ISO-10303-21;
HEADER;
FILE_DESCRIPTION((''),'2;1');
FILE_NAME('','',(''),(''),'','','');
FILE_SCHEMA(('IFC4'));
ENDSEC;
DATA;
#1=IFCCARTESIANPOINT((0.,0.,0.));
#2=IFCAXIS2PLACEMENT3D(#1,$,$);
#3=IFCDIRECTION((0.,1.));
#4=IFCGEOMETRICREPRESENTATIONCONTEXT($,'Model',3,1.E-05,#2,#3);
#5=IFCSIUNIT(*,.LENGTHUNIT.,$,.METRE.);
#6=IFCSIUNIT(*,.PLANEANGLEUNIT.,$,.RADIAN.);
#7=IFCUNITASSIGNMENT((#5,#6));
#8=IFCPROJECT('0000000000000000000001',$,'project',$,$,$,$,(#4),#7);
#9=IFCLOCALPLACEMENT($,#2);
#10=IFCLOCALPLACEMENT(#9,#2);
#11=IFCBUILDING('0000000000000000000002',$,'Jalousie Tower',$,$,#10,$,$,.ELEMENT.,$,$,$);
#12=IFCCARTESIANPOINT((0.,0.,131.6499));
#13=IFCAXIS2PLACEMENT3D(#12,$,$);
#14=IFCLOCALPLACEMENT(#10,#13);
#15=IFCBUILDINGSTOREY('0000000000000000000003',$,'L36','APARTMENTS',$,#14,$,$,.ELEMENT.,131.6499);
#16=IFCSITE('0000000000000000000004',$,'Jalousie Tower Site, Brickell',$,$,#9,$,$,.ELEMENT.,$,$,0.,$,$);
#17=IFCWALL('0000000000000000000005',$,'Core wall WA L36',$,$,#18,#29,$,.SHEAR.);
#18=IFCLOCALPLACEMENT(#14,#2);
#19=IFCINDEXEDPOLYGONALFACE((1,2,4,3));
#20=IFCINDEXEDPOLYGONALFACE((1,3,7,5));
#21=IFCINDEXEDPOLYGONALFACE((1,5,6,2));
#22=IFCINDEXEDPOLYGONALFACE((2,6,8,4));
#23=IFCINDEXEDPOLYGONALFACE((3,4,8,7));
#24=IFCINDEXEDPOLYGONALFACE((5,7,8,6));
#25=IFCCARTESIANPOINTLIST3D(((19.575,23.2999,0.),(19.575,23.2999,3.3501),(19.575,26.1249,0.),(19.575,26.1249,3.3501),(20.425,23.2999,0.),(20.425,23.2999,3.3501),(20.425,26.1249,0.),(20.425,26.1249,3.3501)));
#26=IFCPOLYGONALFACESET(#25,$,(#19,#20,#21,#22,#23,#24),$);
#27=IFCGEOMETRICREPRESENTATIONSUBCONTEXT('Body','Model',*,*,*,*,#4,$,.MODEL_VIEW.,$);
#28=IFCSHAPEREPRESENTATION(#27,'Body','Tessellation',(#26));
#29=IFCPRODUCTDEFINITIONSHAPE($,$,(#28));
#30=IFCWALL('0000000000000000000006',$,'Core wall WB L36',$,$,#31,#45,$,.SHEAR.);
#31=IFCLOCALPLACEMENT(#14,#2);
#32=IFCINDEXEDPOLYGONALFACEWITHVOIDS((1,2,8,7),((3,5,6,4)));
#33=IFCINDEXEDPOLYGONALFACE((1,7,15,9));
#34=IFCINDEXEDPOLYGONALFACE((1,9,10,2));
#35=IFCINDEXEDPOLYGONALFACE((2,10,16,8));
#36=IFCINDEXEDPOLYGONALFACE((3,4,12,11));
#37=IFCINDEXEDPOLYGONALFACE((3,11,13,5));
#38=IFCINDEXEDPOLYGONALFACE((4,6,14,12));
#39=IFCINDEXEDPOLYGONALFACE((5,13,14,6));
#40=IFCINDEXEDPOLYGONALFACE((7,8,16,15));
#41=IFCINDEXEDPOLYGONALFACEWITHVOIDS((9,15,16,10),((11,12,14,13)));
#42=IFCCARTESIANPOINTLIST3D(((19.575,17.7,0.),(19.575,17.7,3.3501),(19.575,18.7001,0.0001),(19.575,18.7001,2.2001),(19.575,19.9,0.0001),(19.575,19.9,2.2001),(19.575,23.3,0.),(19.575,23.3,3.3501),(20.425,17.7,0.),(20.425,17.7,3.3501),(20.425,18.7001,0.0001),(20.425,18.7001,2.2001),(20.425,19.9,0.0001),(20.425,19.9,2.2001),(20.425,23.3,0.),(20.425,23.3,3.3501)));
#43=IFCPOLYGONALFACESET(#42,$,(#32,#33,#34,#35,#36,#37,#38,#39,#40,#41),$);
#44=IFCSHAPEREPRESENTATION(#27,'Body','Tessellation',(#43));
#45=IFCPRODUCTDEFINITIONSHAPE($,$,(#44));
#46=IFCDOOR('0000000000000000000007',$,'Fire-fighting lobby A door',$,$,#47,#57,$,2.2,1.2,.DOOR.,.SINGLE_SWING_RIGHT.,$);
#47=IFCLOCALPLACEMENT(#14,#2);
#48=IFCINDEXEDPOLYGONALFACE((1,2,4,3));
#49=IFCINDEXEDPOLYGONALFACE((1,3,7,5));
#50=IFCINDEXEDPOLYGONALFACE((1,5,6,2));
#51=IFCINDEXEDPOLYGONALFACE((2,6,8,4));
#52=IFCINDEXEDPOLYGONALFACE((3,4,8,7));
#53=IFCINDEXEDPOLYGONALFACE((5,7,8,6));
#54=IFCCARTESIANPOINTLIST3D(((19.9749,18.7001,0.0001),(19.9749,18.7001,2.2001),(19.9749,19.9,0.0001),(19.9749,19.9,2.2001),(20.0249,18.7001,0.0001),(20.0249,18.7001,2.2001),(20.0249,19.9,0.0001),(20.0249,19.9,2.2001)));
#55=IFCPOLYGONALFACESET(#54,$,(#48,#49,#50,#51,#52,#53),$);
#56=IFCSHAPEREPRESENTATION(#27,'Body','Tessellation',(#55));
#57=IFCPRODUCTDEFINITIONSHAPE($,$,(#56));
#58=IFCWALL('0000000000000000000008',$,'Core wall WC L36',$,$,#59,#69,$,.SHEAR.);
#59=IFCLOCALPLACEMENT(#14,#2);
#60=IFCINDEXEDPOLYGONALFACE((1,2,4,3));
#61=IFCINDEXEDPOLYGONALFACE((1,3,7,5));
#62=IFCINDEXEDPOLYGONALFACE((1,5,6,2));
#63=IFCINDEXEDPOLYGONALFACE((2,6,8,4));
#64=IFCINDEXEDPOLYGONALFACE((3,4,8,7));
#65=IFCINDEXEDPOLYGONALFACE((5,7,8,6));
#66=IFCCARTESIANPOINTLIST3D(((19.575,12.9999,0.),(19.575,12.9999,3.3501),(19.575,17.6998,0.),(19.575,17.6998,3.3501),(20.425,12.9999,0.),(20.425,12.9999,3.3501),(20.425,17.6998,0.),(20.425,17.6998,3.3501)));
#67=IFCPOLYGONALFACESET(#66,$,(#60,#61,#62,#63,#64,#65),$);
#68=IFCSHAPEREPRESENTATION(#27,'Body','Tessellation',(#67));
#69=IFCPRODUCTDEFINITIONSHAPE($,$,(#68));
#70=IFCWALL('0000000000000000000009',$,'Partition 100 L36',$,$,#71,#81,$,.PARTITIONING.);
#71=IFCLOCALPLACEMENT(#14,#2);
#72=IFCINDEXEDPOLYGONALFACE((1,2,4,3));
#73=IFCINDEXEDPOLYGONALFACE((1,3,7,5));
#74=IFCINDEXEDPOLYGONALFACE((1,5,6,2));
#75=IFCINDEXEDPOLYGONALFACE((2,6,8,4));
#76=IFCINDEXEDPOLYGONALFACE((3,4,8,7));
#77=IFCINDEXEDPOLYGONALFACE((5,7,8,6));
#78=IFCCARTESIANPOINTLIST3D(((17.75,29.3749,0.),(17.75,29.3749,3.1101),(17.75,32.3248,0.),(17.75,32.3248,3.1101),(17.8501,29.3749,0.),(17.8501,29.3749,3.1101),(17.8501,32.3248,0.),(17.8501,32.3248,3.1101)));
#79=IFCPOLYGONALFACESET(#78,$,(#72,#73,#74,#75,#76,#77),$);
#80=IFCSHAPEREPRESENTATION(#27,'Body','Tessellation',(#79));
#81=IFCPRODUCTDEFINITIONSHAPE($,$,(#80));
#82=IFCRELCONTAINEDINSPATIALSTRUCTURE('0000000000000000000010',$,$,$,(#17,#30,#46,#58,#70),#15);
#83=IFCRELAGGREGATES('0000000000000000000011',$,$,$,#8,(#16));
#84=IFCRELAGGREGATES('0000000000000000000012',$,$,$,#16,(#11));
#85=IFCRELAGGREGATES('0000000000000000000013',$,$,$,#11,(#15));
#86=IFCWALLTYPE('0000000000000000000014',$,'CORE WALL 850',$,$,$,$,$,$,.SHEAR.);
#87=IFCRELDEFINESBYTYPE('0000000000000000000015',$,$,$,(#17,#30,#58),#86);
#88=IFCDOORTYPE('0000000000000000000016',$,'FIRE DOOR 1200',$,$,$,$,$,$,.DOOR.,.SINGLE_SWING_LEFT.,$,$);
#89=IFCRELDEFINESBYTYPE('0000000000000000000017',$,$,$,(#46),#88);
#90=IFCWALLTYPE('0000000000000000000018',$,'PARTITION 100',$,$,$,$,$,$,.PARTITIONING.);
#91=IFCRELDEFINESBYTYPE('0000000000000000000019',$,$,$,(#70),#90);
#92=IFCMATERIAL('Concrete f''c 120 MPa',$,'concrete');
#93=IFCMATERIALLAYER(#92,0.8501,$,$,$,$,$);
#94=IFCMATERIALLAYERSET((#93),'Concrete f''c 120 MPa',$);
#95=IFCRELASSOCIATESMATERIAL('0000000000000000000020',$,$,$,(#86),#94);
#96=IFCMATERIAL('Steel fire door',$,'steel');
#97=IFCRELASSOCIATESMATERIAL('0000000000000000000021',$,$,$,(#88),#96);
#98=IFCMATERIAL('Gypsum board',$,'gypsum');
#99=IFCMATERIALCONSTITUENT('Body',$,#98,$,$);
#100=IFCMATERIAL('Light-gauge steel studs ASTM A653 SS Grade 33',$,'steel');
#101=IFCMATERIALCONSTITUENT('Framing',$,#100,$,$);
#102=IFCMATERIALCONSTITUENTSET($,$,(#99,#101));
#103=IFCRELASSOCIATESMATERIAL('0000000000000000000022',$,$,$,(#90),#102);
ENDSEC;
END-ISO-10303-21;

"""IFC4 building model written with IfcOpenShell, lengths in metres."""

from ifc_helpers import new_model, si_unit, direction, frame, frame_2d, origin, place, context, subcontext, project, spatial, rectangle, extrude, material, layer, layer_set, constituent, constituent_set, type_object, element, fill, save


model = new_model("IFC4")

# Units and contexts
model_context = context("Model", 3, precision=1e-05, world=origin(), true_north=direction((0.0, 1.0)))
body_context = subcontext(model_context, "Body", "Model", "MODEL_VIEW")
ifc_project = project(units=[si_unit("LENGTHUNIT", "METRE"), si_unit("PLANEANGLEUNIT", "RADIAN")], contexts=[model_context])

# Site, building, storey
site_placement = place(None, origin())
site = spatial("IfcSite", under=ifc_project, at=site_placement, Name="Jalousie Tower Site, Brickell", CompositionType="ELEMENT", RefElevation=0.0)
building_placement = place(site_placement, origin())
building = spatial("IfcBuilding", under=site, at=building_placement, Name="Jalousie Tower", CompositionType="ELEMENT")
storey_placement = place(building_placement, frame((0.0, 0.0, 131.6499)))
storey = spatial("IfcBuildingStorey", under=building, at=storey_placement, Name="L36", Description="APARTMENTS", CompositionType="ELEMENT", Elevation=131.6499)

# Wall
ifc_material_1 = material(Name="Concrete f'c 120 MPa", Category="concrete")
ifc_layer_1 = layer(ifc_material_1, 0.8501)
ifc_layer_set_1 = layer_set([ifc_layer_1], Name="Concrete f'c 120 MPa")
wall_type_1 = type_object("IfcWallType", Name="CORE WALL 850", PredefinedType="SHEAR", material=ifc_layer_set_1)
wall_1_placement = place(storey_placement, frame((20.0, 26.125, 0.0), z_axis=(0.0, 0.0, 1.0), x_axis=(0.0, -1.0, 0.0)))
element("IfcWall", 1, at=wall_1_placement, inside=storey, type_object=wall_type_1, Name="Core wall WA L36", PredefinedType="SHEAR", context=body_context, shape_type="SweptSolid", body=[
    extrude(rectangle(XDim=2.825, YDim=0.8501, at=frame_2d((1.4126, 0.0))), origin(), (0.0, 0.0, 1.0), 3.3501),
])

# Wall, opening, door
wall_2_placement = place(storey_placement, frame((20.0, 23.3, 0.0), z_axis=(0.0, 0.0, 1.0), x_axis=(0.0, -1.0, 0.0)))
wall_2 = element("IfcWall", 2, at=wall_2_placement, inside=storey, type_object=wall_type_1, Name="Core wall WB L36", PredefinedType="SHEAR", context=body_context, shape_type="SweptSolid", body=[
    extrude(rectangle(XDim=5.6001, YDim=0.8501, at=frame_2d((2.8, 0.0))), origin(), (0.0, 0.0, 1.0), 3.3501),
])
opening_1_placement = place(wall_2_placement, frame((3.3999, 0.0, 0.0)))
opening_1 = element("IfcOpeningElement", 3, at=opening_1_placement, cuts=wall_2, PredefinedType="OPENING", context=body_context, shape_type="SweptSolid", body=[
    extrude(rectangle(XDim=1.2, YDim=2.2, at=frame_2d((0.6001, 1.1001))), frame((0.0, 0.4351, 0.0), z_axis=(0.0, -1.0, 0.0), x_axis=(1.0, 0.0, 0.0)), (0.0, 0.0, 1.0), 0.8701),
])
ifc_material_2 = material(Name="Steel fire door", Category="steel")
door_type_1 = type_object("IfcDoorType", Name="FIRE DOOR 1200", OperationType="SINGLE_SWING_LEFT", PredefinedType="DOOR", material=ifc_material_2)
door_1_placement = place(opening_1_placement, origin())
door_1 = element("IfcDoor", 4, at=door_1_placement, inside=storey, type_object=door_type_1, Name="Fire-fighting lobby A door", OperationType="SINGLE_SWING_RIGHT", OverallHeight=2.2, OverallWidth=1.2, PredefinedType="DOOR", context=body_context, shape_type="SweptSolid", body=[
    extrude(rectangle(XDim=1.2, YDim=2.2, at=frame_2d((0.6001, 1.1001))), frame((0.0, 0.0249, 0.0), z_axis=(0.0, -1.0, 0.0), x_axis=(1.0, 0.0, 0.0)), (0.0, 0.0, 1.0), 0.05),
])
fill(opening_1, door_1)

# Walls
wall_3_placement = place(storey_placement, frame((20.0, 17.7, 0.0), z_axis=(0.0, 0.0, 1.0), x_axis=(0.0, -1.0, 0.0)))
element("IfcWall", 5, at=wall_3_placement, inside=storey, type_object=wall_type_1, Name="Core wall WC L36", PredefinedType="SHEAR", context=body_context, shape_type="SweptSolid", body=[
    extrude(rectangle(XDim=4.7, YDim=0.8501, at=frame_2d((2.3501, 0.0))), origin(), (0.0, 0.0, 1.0), 3.3501),
])
ifc_material_3 = material(Name="Gypsum board", Category="gypsum")
ifc_constituent_1 = constituent(ifc_material_3, Name="Body")
ifc_material_4 = material(Name="Light-gauge steel studs ASTM A653 SS Grade 33", Category="steel")
ifc_constituent_2 = constituent(ifc_material_4, Name="Framing")
ifc_constituent_set_1 = constituent_set(constituents=[ifc_constituent_1, ifc_constituent_2])
wall_type_2 = type_object("IfcWallType", Name="PARTITION 100", PredefinedType="PARTITIONING", material=ifc_constituent_set_1)
wall_4_placement = place(storey_placement, frame((17.8, 32.325, 0.0), z_axis=(0.0, 0.0, 1.0), x_axis=(0.0, -1.0, 0.0)))
element("IfcWall", 6, at=wall_4_placement, inside=storey, type_object=wall_type_2, Name="Partition 100 L36", PredefinedType="PARTITIONING", context=body_context, shape_type="SweptSolid", body=[
    extrude(rectangle(XDim=2.95, YDim=0.1001, at=frame_2d((1.4751, 0.0))), origin(), (0.0, 0.0, 1.0), 3.1101),
])

save(model, "model.ifc")
